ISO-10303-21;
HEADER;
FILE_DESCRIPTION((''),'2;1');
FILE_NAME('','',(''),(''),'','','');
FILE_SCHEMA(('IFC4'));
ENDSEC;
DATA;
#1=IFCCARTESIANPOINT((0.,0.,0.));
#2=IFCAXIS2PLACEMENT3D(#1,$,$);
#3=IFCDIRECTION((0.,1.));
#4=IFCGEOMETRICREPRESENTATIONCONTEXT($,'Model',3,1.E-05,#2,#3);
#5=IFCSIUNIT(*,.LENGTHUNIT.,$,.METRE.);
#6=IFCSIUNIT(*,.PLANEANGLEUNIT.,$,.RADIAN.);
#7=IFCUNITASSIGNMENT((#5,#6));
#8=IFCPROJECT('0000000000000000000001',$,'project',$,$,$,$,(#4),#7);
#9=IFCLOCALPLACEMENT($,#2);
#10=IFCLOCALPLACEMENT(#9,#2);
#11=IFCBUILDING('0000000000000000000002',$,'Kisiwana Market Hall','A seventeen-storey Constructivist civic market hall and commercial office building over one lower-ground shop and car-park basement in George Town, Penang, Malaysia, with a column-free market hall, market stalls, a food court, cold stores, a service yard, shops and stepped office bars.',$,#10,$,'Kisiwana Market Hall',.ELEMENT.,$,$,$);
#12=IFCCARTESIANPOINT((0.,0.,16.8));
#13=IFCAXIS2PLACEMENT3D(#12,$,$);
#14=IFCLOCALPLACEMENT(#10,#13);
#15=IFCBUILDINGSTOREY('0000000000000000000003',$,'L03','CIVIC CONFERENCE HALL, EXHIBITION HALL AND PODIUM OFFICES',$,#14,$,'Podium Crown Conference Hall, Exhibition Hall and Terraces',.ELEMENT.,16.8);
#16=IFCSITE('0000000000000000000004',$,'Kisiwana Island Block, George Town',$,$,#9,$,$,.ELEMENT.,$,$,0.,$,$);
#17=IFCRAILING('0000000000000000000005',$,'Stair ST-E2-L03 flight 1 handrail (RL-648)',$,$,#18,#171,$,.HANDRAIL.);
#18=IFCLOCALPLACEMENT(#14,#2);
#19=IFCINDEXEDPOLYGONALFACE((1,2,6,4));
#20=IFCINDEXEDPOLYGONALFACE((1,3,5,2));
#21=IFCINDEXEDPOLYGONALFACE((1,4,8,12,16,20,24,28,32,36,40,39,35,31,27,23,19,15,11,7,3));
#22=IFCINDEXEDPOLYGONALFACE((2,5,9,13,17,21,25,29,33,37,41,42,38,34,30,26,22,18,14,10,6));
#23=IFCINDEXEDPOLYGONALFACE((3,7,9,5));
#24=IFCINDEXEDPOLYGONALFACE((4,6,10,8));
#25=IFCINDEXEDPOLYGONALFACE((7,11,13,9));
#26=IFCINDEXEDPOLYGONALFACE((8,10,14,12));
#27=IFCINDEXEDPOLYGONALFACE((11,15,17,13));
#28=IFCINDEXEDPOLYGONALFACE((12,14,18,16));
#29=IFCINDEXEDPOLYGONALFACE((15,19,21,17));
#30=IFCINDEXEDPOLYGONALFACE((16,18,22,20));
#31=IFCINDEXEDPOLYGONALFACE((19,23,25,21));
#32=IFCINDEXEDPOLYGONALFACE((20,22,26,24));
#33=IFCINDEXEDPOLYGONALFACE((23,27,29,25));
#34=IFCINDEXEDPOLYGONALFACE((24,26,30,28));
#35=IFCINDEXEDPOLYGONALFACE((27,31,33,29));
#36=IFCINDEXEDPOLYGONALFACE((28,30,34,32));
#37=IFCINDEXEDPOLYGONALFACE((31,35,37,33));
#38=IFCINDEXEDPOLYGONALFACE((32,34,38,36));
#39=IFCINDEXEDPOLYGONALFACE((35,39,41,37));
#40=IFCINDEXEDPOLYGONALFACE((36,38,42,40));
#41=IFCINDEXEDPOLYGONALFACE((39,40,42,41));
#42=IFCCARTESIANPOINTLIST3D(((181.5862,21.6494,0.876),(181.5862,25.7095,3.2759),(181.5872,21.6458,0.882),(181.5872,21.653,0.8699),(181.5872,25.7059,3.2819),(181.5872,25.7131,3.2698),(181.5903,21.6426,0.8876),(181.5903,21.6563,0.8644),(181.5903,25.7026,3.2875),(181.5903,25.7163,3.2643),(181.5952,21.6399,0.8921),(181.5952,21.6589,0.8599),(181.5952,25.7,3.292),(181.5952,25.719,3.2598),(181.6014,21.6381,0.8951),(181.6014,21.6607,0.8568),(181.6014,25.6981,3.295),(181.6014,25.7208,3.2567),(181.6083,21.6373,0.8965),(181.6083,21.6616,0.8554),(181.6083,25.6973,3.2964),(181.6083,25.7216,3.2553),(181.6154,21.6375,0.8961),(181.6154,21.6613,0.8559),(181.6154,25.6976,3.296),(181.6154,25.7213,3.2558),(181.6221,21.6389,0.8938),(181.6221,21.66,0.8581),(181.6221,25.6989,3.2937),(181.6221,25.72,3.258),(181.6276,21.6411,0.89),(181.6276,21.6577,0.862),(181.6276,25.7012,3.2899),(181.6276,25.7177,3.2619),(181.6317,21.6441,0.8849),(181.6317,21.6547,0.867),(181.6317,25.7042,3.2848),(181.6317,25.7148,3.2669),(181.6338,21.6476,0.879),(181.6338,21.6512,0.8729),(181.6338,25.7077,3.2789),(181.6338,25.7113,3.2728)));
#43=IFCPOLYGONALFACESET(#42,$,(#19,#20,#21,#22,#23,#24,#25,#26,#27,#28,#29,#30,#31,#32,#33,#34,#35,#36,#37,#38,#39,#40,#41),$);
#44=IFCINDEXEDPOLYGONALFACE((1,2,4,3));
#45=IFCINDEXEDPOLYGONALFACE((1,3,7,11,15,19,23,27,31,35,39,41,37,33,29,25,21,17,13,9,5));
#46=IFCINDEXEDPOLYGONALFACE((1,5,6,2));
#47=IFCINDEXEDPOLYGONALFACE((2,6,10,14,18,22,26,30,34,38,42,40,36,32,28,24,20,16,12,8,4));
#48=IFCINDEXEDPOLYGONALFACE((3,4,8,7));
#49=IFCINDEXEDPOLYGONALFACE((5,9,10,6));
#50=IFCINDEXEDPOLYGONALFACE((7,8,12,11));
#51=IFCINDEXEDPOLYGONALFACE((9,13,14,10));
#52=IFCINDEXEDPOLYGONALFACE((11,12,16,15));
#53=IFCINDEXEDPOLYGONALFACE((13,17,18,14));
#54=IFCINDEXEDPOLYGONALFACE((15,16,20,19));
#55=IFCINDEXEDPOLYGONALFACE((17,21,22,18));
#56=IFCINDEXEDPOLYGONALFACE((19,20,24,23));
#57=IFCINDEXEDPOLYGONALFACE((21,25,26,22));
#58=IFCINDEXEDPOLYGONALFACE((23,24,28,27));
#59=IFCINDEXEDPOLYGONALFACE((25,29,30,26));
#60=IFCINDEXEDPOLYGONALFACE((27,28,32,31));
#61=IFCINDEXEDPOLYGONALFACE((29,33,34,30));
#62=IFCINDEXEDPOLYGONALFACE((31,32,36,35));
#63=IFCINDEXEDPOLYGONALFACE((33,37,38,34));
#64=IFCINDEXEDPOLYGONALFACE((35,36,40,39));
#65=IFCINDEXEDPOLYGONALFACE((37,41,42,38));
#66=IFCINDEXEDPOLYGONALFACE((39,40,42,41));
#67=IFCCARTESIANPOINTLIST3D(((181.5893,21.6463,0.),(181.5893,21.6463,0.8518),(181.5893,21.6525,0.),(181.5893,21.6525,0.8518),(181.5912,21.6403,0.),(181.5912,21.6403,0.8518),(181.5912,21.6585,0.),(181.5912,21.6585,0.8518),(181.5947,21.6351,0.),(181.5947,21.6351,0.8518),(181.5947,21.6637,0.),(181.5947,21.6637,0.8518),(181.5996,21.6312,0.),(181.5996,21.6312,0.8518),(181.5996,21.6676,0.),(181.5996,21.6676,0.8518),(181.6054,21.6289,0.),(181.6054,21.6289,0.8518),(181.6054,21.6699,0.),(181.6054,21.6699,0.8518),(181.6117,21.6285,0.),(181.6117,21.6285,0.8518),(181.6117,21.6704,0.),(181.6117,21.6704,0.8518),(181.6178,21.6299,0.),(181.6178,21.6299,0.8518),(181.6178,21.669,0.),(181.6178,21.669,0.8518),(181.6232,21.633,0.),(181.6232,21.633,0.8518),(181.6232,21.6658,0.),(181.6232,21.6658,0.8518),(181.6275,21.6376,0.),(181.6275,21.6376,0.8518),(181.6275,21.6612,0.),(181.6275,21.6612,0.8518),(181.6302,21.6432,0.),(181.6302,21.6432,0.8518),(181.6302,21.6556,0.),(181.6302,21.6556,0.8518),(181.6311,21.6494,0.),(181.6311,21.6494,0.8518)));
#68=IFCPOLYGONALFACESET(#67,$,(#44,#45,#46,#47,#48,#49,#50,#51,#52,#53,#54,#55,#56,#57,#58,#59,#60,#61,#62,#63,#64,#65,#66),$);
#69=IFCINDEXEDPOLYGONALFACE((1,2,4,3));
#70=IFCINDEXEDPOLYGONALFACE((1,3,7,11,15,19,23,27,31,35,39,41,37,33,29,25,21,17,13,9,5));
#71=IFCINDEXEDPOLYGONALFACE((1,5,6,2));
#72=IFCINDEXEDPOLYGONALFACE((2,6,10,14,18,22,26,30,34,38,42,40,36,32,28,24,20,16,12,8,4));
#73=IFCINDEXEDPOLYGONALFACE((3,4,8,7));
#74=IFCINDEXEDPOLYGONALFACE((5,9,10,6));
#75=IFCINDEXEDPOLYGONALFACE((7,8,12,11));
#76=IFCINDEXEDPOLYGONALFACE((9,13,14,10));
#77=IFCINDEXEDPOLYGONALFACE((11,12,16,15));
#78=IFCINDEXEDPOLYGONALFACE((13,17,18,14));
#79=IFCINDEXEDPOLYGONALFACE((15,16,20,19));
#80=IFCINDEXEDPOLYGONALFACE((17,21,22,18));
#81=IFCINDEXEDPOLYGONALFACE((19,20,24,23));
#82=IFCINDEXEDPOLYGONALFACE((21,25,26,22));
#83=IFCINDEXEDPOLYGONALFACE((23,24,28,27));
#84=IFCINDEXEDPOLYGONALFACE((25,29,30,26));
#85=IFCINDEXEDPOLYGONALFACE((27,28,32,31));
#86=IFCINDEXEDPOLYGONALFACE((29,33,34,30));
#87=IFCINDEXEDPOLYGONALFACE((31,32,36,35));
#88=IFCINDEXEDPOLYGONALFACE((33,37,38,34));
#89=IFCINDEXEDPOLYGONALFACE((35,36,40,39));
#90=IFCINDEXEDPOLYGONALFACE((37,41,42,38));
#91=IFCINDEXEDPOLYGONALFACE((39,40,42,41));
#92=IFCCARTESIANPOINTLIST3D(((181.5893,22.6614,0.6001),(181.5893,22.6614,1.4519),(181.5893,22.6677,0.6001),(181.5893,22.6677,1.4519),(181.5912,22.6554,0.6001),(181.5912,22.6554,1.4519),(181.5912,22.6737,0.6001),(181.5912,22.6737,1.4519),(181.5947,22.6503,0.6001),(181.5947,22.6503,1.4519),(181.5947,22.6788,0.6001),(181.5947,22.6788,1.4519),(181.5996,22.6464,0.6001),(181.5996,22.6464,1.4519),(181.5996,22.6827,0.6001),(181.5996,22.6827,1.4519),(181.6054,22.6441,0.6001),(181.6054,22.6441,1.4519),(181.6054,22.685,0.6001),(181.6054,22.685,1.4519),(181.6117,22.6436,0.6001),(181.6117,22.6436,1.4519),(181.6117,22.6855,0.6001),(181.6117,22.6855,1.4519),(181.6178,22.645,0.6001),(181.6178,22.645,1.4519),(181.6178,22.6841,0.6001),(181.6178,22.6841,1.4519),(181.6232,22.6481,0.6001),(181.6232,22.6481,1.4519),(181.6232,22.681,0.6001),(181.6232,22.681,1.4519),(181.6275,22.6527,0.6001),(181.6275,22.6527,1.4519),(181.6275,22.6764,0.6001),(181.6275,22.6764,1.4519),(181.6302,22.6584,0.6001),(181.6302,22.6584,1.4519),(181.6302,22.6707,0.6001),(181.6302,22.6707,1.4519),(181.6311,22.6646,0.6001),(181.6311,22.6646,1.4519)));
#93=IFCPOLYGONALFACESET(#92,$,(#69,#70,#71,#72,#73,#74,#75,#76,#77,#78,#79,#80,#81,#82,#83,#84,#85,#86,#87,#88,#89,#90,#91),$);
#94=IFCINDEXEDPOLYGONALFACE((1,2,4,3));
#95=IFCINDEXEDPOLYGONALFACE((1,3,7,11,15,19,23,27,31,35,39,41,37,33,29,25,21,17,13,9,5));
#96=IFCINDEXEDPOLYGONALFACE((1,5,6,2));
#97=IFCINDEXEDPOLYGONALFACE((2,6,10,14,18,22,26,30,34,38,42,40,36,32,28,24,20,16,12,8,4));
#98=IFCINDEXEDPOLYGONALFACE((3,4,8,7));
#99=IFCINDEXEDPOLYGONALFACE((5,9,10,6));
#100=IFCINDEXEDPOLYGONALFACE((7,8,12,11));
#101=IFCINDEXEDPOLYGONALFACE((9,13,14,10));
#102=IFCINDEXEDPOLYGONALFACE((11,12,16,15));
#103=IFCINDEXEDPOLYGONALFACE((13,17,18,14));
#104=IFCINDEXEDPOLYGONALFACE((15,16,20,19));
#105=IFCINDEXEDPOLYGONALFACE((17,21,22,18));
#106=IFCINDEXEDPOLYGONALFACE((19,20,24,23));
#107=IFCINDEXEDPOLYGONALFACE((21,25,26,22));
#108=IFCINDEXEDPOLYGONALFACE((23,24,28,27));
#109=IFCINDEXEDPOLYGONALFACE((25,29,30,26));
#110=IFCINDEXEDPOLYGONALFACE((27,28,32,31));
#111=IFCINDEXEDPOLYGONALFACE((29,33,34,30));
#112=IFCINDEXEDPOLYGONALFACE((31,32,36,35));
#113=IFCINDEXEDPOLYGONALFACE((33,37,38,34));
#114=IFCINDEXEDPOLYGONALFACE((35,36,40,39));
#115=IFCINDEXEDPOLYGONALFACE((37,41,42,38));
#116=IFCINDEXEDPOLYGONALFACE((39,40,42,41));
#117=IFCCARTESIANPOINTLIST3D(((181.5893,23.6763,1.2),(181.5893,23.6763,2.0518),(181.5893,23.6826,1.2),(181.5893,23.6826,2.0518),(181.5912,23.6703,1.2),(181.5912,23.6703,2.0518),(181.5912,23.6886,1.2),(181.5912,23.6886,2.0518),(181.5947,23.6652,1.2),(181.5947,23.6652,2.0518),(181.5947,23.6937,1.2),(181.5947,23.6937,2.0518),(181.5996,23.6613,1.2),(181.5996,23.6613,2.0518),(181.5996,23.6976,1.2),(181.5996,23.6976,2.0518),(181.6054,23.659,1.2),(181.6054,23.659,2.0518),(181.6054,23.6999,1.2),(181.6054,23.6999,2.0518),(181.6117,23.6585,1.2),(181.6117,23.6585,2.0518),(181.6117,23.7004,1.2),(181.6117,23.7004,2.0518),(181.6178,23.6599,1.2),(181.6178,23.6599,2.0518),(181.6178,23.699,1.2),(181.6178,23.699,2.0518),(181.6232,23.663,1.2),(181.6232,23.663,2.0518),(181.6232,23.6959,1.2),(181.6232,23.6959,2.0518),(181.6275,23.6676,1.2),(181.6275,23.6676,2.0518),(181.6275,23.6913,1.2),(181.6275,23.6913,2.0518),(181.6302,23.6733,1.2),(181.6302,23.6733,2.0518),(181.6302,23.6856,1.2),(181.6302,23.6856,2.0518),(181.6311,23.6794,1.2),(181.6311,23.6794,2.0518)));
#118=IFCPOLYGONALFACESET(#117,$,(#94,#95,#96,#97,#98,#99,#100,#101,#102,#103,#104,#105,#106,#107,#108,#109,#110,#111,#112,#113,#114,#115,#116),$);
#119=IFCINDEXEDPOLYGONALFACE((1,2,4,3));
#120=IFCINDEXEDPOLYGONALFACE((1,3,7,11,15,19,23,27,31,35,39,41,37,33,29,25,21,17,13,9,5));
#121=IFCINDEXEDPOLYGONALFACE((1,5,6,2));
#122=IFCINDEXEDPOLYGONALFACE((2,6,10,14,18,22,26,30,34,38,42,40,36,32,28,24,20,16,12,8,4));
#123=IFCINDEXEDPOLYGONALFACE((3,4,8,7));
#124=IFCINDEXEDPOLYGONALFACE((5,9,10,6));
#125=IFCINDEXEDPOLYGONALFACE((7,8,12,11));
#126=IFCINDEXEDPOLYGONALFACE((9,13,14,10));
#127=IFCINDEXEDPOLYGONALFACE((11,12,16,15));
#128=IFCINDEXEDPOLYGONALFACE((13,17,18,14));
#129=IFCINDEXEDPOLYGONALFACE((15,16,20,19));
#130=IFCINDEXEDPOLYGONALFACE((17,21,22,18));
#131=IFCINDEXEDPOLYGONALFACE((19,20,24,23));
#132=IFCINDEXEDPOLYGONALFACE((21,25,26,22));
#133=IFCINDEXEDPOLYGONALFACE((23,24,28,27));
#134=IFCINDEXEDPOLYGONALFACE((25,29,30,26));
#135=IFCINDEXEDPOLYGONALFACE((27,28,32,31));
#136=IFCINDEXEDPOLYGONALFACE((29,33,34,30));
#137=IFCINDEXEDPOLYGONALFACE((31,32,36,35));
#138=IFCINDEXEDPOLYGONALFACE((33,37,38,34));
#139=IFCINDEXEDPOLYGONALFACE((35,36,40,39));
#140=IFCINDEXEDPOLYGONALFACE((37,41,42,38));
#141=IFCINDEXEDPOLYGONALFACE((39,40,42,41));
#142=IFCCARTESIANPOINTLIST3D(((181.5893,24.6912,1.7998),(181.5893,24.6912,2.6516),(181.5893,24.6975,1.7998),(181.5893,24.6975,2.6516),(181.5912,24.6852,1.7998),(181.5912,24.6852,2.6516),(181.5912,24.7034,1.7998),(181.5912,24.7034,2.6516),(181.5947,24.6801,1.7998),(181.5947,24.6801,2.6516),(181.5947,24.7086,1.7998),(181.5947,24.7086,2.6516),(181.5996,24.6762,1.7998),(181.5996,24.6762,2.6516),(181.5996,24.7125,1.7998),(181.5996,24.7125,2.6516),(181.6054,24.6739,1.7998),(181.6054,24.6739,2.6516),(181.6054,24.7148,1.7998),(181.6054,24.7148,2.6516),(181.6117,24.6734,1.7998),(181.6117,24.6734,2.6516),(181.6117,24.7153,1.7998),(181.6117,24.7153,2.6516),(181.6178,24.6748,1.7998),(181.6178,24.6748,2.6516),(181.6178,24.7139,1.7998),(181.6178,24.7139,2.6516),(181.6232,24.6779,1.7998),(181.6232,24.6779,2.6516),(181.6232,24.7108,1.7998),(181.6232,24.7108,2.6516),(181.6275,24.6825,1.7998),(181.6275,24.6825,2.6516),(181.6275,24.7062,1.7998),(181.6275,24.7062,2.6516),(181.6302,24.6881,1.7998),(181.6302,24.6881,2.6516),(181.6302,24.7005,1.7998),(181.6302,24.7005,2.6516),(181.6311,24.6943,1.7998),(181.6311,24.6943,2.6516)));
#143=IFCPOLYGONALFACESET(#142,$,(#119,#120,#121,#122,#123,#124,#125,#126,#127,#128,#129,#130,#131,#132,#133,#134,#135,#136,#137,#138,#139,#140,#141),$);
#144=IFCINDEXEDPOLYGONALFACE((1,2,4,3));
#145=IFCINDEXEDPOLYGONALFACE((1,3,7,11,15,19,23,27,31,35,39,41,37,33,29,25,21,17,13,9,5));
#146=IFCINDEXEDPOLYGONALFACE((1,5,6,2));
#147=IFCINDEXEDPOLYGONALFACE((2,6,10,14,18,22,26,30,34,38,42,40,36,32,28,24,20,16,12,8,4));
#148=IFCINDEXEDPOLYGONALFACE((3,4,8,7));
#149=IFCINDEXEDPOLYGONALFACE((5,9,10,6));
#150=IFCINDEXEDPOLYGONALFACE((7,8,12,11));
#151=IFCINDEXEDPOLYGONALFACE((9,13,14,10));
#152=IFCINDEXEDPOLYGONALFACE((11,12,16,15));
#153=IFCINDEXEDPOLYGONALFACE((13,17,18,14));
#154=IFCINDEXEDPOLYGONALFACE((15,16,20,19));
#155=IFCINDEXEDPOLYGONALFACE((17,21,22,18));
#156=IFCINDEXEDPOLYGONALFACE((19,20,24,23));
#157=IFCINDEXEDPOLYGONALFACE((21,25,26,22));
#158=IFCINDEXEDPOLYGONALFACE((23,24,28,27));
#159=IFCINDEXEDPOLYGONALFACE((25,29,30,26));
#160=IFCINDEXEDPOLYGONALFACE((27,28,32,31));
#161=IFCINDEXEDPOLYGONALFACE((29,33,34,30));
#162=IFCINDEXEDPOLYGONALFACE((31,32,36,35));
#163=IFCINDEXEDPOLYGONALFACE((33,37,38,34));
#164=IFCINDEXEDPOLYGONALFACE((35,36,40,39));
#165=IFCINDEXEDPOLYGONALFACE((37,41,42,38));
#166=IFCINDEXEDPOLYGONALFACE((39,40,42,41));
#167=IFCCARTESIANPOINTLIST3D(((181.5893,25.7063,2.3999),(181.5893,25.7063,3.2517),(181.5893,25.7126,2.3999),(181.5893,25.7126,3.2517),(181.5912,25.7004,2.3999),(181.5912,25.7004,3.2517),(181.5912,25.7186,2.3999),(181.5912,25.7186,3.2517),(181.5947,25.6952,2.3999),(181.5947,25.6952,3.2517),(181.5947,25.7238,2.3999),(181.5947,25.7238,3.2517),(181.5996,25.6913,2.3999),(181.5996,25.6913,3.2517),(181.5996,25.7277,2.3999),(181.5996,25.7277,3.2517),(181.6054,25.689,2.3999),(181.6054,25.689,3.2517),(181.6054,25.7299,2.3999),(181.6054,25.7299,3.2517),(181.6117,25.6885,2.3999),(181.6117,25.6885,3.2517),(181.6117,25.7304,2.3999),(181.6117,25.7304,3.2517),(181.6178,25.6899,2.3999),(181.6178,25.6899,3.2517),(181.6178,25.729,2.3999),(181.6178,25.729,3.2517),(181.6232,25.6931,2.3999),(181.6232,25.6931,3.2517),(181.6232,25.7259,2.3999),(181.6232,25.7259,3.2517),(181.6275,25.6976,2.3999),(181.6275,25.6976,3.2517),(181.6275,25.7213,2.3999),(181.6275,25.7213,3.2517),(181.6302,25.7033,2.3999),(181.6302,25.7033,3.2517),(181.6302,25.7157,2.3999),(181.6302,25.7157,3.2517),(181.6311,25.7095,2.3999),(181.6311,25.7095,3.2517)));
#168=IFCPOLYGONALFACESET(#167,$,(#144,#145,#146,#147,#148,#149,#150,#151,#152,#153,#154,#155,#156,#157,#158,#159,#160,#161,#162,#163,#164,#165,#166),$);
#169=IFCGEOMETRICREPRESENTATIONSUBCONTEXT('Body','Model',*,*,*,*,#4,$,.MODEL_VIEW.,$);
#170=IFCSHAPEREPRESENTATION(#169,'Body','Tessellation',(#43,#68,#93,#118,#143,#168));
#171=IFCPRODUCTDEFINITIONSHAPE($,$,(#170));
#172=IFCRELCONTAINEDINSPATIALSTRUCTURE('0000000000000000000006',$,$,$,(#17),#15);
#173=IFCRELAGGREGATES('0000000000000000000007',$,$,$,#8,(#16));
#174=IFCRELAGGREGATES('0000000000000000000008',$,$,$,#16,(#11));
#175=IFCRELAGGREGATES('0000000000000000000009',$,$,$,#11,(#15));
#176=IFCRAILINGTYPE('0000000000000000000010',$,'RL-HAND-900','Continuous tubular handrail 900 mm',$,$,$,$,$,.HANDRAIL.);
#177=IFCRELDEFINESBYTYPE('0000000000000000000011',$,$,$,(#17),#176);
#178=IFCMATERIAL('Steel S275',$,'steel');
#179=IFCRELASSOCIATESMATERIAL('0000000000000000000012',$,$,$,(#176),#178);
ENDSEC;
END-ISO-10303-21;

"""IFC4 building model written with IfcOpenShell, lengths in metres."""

from ifc_helpers import new_model, si_unit, direction, frame, origin, origin_2d, place, context, subcontext, project, spatial, circle, extrude, material, type_object, element, save


model = new_model("IFC4")

# Units and contexts
model_context = context("Model", 3, precision=1e-05, world=origin(), true_north=direction((0.0, 1.0)))
body_context = subcontext(model_context, "Body", "Model", "MODEL_VIEW")
ifc_project = project(units=[si_unit("LENGTHUNIT", "METRE"), si_unit("PLANEANGLEUNIT", "RADIAN")], contexts=[model_context])

# Site, building, storey
site_placement = place(None, origin())
site = spatial("IfcSite", under=ifc_project, at=site_placement, Name="Kisiwana Island Block, George Town", CompositionType="ELEMENT", RefElevation=0.0)
building_placement = place(site_placement, origin())
building = spatial("IfcBuilding", under=site, at=building_placement, Name="Kisiwana Market Hall", Description="A seventeen-storey Constructivist civic market hall and commercial office building over one lower-ground shop and car-park basement in George Town, Penang, Malaysia, with a column-free market hall, market stalls, a food court, cold stores, a service yard, shops and stepped office bars.", LongName="Kisiwana Market Hall", CompositionType="ELEMENT")
storey_placement = place(building_placement, frame((0.0, 0.0, 16.8)))
storey = spatial("IfcBuildingStorey", under=building, at=storey_placement, Name="L03", Description="CIVIC CONFERENCE HALL, EXHIBITION HALL AND PODIUM OFFICES", LongName="Podium Crown Conference Hall, Exhibition Hall and Terraces", CompositionType="ELEMENT", Elevation=16.8)

# Railing
ifc_material_1 = material(Name="Steel S275", Category="steel")
railing_type_1 = type_object("IfcRailingType", Name="RL-HAND-900", Description="Continuous tubular handrail 900 mm", PredefinedType="HANDRAIL", material=ifc_material_1)
railing_1_placement = place(storey_placement, frame((181.6101, 21.6494, 0.0)))
element("IfcRailing", 1, at=railing_1_placement, inside=storey, type_object=railing_type_1, Name="Stair ST-E2-L03 flight 1 handrail (RL-648)", PredefinedType="HANDRAIL", context=body_context, shape_type="SweptSolid", body=[
    extrude(circle(Radius=0.0239, at=origin_2d()), frame((0.0, 0.0, 0.876), z_axis=(0.0, 0.860854, 0.508851), x_axis=(-1.0, 0.0, 0.0)), (0.0, 0.0, 1.0), 4.7163),
    extrude(circle(Radius=0.021, at=origin_2d()), origin(), (0.0, 0.0, 1.0), 0.8518),
    extrude(circle(Radius=0.021, at=origin_2d()), frame((0.0, 1.0151, 0.6001)), (0.0, 0.0, 1.0), 0.8518),
    extrude(circle(Radius=0.021, at=origin_2d()), frame((0.0, 2.03, 1.2)), (0.0, 0.0, 1.0), 0.8518),
    extrude(circle(Radius=0.021, at=origin_2d()), frame((0.0, 3.0449, 1.7998)), (0.0, 0.0, 1.0), 0.8518),
    extrude(circle(Radius=0.021, at=origin_2d()), frame((0.0, 4.0601, 2.3999)), (0.0, 0.0, 1.0), 0.8518),
])

save(model, "model.ifc")
